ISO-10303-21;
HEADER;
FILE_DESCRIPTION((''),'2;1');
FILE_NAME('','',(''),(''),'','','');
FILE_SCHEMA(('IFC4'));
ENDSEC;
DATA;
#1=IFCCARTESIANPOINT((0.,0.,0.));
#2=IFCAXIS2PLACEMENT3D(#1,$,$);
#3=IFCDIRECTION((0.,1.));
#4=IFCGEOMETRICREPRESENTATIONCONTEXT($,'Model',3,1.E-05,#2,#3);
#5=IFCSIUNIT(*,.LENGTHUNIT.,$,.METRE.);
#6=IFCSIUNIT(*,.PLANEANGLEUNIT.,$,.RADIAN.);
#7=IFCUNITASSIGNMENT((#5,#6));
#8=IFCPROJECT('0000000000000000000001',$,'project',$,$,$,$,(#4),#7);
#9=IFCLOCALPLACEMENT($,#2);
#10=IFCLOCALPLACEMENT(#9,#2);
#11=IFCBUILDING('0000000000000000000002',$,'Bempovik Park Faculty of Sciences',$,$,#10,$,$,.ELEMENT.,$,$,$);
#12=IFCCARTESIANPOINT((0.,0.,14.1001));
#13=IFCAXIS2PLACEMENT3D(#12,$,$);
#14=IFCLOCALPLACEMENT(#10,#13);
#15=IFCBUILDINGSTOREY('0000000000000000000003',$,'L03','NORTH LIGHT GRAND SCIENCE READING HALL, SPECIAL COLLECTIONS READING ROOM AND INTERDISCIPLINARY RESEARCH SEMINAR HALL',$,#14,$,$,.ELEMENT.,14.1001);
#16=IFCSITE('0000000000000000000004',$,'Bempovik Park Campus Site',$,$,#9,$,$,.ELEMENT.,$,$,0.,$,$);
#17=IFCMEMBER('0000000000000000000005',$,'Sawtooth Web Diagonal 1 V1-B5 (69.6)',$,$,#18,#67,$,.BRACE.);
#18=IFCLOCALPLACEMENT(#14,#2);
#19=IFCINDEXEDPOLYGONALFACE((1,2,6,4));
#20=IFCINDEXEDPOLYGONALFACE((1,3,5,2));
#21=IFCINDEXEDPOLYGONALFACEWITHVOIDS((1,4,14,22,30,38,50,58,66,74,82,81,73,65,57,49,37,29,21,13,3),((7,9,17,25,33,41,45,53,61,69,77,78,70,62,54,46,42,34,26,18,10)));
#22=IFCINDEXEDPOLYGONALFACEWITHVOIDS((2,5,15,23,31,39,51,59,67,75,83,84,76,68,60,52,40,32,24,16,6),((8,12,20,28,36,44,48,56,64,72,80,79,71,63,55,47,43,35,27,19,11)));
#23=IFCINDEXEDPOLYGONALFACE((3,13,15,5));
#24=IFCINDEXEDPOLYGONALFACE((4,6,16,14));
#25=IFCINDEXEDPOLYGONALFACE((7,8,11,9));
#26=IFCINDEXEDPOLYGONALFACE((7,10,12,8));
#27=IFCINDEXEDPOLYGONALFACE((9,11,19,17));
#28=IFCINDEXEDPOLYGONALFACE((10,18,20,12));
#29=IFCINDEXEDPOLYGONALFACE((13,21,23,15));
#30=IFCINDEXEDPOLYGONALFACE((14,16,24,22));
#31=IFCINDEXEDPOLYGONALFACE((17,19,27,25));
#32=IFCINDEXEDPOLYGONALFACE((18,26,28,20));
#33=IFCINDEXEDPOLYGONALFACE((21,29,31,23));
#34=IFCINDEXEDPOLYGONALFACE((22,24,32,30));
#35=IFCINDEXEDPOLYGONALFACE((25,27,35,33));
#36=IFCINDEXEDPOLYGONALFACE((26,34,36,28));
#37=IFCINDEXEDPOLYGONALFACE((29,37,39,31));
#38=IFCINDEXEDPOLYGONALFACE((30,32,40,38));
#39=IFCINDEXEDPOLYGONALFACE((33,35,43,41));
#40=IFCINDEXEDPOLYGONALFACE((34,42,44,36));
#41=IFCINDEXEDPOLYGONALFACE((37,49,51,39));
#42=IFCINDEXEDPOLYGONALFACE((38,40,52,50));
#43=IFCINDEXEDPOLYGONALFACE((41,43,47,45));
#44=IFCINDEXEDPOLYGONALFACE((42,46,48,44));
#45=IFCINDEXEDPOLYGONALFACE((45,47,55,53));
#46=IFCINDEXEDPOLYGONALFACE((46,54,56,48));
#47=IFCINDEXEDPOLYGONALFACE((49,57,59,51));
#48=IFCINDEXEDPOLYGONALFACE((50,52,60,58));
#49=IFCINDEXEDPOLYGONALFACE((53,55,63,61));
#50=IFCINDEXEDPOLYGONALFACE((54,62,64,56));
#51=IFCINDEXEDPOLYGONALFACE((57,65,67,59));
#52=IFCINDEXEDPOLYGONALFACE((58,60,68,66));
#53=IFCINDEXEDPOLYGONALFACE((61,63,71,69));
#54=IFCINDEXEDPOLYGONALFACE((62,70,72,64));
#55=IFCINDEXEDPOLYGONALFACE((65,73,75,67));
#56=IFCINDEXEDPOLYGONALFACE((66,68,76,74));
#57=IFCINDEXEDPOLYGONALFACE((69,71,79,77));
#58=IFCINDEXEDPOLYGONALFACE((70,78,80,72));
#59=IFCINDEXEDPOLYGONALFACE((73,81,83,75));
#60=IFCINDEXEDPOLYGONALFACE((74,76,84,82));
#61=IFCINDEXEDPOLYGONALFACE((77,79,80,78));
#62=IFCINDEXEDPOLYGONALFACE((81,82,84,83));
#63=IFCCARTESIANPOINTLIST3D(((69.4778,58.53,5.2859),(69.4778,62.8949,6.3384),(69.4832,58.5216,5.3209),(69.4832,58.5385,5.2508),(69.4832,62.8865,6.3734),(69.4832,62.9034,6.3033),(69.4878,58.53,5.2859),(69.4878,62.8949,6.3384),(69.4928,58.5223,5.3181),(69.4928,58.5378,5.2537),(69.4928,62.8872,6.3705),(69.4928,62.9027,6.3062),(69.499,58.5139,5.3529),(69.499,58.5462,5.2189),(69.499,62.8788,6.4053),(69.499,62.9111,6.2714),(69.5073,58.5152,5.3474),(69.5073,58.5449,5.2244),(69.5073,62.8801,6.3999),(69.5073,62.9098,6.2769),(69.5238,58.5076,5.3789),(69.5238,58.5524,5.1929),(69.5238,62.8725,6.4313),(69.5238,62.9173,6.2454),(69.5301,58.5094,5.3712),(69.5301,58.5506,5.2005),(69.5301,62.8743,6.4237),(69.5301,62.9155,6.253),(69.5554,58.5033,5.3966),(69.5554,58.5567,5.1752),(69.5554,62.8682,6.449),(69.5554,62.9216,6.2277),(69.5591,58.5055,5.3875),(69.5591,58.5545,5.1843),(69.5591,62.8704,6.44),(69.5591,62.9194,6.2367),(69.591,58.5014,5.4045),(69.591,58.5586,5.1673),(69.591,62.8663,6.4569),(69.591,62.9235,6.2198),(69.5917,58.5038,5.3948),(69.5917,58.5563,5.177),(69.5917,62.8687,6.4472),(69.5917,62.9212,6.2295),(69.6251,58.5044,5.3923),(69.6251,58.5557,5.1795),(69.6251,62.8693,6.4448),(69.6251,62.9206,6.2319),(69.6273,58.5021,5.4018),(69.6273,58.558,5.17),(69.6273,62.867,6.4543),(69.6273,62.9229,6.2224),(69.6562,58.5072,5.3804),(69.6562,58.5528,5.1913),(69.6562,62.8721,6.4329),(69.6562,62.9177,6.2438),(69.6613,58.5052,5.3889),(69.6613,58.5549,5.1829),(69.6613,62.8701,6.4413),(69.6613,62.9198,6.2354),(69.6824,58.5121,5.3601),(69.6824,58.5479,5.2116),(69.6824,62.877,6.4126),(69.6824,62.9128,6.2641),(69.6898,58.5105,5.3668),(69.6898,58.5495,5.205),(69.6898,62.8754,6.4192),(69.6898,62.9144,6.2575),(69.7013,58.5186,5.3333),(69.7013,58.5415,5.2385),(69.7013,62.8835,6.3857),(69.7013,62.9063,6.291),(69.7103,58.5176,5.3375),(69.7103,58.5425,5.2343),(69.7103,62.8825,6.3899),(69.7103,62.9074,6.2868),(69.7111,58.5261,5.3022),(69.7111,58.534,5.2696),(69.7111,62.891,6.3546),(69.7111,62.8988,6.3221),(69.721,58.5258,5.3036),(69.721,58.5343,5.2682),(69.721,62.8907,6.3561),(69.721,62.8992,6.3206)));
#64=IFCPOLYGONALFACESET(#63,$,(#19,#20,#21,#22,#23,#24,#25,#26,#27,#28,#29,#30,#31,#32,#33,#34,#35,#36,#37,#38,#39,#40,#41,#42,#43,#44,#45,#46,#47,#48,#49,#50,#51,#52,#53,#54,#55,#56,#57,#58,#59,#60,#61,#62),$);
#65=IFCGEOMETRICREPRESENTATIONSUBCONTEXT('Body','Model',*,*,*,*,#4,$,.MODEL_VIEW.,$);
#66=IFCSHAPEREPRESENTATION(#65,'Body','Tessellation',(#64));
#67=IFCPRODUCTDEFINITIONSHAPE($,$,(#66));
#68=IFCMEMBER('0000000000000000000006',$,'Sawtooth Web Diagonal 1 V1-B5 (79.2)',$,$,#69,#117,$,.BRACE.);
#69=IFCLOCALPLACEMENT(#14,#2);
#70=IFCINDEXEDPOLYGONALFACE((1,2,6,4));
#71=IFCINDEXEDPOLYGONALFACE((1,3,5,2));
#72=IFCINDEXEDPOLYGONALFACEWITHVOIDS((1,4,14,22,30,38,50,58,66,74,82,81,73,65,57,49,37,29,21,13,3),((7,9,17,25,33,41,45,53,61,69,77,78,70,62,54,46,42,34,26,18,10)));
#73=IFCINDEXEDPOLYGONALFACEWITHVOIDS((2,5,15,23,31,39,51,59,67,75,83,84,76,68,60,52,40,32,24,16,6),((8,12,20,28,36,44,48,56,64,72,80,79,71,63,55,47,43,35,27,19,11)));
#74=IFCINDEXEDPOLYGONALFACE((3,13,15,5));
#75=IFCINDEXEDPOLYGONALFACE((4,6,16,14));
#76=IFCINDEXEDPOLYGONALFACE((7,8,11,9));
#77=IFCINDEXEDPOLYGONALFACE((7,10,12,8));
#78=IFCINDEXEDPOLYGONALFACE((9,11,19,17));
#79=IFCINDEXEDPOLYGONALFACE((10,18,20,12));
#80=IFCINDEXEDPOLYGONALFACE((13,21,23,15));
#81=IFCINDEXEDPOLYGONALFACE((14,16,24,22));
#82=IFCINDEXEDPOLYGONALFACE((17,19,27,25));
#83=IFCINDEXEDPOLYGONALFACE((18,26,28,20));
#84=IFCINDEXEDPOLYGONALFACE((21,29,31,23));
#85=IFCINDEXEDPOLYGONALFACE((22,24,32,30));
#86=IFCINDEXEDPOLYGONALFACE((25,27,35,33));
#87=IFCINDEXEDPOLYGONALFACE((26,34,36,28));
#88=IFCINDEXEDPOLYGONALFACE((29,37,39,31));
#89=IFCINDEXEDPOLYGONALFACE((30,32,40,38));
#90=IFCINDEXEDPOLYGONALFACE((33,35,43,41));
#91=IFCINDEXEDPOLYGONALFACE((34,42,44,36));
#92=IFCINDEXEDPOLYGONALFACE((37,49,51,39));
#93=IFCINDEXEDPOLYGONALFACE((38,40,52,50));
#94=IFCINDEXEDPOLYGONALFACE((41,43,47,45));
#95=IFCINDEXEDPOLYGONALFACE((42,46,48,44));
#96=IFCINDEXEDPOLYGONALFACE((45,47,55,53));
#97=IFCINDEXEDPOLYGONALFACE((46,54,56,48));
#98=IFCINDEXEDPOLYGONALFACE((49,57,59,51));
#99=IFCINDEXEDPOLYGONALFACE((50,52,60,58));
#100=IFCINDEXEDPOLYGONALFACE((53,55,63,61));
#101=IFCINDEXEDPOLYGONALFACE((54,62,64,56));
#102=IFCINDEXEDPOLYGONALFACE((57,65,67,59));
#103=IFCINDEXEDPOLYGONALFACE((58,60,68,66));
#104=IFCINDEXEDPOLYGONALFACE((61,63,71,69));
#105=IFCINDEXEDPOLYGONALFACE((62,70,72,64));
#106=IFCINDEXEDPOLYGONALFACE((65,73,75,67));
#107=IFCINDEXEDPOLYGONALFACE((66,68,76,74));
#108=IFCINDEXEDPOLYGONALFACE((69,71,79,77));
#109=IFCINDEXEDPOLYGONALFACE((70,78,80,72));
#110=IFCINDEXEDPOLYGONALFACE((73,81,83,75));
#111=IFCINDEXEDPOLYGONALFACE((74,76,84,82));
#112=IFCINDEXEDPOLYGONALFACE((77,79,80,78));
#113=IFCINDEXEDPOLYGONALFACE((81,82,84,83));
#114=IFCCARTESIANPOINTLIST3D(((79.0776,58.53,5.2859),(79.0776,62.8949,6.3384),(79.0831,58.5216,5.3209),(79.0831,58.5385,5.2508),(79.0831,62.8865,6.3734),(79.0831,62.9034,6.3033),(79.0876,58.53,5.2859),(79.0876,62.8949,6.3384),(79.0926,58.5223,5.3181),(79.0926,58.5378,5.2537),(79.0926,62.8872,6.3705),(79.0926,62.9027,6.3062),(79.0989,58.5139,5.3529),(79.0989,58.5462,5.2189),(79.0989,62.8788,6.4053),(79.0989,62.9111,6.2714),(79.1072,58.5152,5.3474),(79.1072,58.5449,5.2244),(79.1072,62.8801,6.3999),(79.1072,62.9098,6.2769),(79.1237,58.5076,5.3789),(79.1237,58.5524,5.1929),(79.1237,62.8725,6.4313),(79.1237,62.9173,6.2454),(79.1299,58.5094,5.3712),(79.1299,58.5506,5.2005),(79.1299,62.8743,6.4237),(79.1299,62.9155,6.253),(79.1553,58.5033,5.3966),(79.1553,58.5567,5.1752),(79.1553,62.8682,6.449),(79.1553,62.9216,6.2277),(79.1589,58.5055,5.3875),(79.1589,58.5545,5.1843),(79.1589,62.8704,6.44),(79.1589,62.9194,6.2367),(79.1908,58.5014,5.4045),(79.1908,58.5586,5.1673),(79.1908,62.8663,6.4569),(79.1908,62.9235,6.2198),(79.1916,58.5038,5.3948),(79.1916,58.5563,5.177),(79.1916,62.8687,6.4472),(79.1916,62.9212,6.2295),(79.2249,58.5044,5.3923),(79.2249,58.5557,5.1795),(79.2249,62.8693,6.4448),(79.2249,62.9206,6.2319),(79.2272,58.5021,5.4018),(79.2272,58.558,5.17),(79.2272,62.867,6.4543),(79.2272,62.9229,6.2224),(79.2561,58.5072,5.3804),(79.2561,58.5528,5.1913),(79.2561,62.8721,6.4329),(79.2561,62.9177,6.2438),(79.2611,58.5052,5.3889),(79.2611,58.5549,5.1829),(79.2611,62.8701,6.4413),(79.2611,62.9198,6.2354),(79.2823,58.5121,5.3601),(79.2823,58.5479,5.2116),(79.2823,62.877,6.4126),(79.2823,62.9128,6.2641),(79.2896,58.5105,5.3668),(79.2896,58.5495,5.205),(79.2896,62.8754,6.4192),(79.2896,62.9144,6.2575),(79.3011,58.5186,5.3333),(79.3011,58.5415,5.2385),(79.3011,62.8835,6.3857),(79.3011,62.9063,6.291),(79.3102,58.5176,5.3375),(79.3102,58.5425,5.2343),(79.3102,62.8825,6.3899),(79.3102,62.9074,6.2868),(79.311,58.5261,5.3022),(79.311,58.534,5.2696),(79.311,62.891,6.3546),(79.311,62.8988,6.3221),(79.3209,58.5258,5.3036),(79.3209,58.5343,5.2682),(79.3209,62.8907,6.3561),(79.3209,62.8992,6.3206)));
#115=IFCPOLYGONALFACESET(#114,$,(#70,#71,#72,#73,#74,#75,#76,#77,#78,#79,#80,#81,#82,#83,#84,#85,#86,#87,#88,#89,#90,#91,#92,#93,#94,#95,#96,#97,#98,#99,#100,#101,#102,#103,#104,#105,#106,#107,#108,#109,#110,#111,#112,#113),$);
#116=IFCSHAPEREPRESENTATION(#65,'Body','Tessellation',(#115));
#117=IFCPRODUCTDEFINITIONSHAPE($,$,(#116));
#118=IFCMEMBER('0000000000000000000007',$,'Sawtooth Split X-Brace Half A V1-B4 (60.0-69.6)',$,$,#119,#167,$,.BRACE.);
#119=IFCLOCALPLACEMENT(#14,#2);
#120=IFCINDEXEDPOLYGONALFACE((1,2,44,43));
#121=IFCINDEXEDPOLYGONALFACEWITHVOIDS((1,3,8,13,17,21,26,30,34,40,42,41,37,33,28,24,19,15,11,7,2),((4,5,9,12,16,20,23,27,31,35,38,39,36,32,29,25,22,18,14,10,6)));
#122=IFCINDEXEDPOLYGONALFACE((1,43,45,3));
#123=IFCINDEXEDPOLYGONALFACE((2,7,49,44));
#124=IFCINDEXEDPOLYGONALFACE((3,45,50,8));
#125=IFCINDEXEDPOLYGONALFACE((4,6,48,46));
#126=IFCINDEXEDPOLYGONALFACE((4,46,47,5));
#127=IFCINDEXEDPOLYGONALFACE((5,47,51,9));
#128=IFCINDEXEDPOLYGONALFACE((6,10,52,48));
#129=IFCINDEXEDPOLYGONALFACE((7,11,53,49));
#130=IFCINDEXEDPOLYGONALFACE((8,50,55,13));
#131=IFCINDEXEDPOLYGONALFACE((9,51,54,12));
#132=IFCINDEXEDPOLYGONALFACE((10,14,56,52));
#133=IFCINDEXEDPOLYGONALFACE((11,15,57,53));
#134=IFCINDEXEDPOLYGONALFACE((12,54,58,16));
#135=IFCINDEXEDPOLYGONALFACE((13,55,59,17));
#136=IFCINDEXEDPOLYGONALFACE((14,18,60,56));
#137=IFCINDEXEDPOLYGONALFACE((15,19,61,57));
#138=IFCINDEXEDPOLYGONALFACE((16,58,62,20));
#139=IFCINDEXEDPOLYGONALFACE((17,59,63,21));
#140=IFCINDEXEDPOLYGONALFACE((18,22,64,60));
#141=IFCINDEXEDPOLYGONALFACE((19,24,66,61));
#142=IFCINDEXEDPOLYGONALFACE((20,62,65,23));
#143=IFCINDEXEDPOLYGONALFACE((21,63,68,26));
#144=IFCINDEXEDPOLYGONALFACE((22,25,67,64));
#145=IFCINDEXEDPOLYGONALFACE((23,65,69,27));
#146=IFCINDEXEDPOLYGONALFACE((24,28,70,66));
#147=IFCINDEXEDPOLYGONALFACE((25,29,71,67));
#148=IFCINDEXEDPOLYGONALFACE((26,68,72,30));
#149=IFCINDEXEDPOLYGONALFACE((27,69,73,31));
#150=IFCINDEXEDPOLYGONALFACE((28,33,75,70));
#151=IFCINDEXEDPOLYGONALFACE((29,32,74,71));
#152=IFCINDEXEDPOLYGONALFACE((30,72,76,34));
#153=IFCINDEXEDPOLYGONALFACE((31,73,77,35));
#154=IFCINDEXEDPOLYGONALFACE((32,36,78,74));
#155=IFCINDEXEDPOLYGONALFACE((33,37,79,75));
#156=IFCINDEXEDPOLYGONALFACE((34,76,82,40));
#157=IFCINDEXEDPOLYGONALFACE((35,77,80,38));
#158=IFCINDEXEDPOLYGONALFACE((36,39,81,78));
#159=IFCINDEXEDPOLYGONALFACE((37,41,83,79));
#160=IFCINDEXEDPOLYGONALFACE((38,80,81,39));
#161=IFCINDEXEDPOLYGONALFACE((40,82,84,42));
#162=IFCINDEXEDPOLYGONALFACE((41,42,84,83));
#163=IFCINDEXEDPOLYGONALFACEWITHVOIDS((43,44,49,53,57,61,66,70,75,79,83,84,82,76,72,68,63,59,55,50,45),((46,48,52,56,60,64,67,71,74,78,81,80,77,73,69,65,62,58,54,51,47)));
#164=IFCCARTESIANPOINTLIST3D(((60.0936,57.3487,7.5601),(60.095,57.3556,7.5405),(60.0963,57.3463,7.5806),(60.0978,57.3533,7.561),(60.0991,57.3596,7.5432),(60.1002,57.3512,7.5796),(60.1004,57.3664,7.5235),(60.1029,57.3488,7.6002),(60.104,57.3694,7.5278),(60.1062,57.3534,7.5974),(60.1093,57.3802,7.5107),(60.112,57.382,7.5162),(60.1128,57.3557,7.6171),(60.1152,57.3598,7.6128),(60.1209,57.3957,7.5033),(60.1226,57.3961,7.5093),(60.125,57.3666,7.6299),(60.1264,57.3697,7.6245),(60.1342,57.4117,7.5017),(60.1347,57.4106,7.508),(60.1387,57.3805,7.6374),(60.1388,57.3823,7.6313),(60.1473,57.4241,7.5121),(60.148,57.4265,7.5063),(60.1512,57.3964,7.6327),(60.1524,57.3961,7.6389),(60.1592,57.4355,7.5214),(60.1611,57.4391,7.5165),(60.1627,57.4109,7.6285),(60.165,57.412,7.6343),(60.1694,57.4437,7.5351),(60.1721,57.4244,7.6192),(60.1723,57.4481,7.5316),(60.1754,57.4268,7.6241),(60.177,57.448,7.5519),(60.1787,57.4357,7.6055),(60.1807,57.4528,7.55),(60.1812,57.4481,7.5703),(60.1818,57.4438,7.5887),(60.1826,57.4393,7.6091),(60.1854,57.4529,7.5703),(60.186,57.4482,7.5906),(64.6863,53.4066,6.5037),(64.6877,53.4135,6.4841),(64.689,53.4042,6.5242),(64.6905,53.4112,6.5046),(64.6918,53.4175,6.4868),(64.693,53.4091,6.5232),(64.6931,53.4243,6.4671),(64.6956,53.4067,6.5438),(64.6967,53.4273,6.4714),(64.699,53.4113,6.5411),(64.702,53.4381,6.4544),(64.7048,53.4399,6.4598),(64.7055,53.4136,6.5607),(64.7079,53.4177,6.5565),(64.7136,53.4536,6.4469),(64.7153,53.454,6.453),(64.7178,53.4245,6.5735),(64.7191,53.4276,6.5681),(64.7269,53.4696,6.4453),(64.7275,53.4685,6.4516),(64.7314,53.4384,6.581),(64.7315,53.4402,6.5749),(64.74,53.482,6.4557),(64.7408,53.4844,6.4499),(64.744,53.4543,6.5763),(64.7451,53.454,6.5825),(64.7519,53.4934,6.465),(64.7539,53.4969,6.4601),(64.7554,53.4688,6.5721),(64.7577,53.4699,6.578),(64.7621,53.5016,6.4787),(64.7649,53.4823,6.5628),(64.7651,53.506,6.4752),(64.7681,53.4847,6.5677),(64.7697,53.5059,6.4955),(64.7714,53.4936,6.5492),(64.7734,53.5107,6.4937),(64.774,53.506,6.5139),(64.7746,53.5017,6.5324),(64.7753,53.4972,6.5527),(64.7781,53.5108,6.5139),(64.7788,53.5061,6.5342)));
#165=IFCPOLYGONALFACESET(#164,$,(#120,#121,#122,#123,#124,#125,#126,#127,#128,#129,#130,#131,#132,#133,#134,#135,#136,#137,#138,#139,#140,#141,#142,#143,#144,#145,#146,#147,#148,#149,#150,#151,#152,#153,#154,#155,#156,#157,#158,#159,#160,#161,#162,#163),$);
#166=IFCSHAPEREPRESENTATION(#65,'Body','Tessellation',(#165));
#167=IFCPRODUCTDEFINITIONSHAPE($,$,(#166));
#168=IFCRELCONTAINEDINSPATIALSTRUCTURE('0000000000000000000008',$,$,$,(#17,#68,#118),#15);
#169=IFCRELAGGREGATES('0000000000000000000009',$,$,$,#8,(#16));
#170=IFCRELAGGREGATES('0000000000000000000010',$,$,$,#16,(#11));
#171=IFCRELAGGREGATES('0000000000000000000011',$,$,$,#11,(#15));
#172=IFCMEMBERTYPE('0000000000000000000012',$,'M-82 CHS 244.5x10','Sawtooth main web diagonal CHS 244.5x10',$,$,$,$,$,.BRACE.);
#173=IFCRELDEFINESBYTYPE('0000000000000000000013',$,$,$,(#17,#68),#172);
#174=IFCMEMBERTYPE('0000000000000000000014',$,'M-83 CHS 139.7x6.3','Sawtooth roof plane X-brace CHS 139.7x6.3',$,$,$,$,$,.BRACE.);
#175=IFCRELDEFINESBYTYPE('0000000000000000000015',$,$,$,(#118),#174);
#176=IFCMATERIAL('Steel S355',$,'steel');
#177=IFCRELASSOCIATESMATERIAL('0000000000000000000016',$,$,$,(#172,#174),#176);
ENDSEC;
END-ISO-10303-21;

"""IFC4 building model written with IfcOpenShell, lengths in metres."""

from ifc_helpers import new_model, si_unit, direction, frame, origin, origin_2d, place, context, subcontext, project, spatial, hollow_circle, extrude, material, material_profile, profile_set, type_object, element, save


model = new_model("IFC4")

# Units and contexts
model_context = context("Model", 3, precision=1e-05, world=origin(), true_north=direction((0.0, 1.0)))
body_context = subcontext(model_context, "Body", "Model", "MODEL_VIEW")
ifc_project = project(units=[si_unit("LENGTHUNIT", "METRE"), si_unit("PLANEANGLEUNIT", "RADIAN")], contexts=[model_context])

# Site, building, storey
site_placement = place(None, origin())
site = spatial("IfcSite", under=ifc_project, at=site_placement, Name="Bempovik Park Campus Site", CompositionType="ELEMENT", RefElevation=0.0)
building_placement = place(site_placement, origin())
building = spatial("IfcBuilding", under=site, at=building_placement, Name="Bempovik Park Faculty of Sciences", CompositionType="ELEMENT")
storey_placement = place(building_placement, frame((0.0, 0.0, 14.1001)))
storey = spatial("IfcBuildingStorey", under=building, at=storey_placement, Name="L03", Description="NORTH LIGHT GRAND SCIENCE READING HALL, SPECIAL COLLECTIONS READING ROOM AND INTERDISCIPLINARY RESEARCH SEMINAR HALL", CompositionType="ELEMENT", Elevation=14.1001)

# Shared definitions
ifc_material_1 = material(Name="Steel S355", Category="steel")

# Members
ifc_material_profile_1 = material_profile(ifc_material_1, hollow_circle(Radius=0.1223, WallThickness=0.01, at=origin_2d()), Name="CHS 244.5x10")
ifc_profile_set_1 = profile_set([ifc_material_profile_1], Name="Steel S355")
member_type_1 = type_object("IfcMemberType", Name="M-82 CHS 244.5x10", Description="Sawtooth main web diagonal CHS 244.5x10", PredefinedType="BRACE", material=ifc_profile_set_1)
for number, where, z_axis, x_axis, name in (
    (1, (69.6001, 58.53, 5.2859), (0.0, 0.972139, 0.234403), (-1.0, 0.0, 0.0), "Sawtooth Web Diagonal 1 V1-B5 (69.6)"),
    (2, (79.2, 58.53, 5.2859), (0.0, 0.972139, 0.234403), (-1.0, 0.0, 0.0), "Sawtooth Web Diagonal 1 V1-B5 (79.2)"),
):
    element("IfcMember", number, at=place(storey_placement, frame(where, z_axis=z_axis, x_axis=x_axis)), inside=storey, type_object=member_type_1, Name=name, PredefinedType="BRACE", context=body_context, shape_type="SweptSolid", body=[
        extrude(hollow_circle(Radius=0.1223, WallThickness=0.01, at=origin_2d()), origin(), (0.0, 0.0, 1.0), 4.49),
    ])
ifc_material_profile_2 = material_profile(ifc_material_1, hollow_circle(Radius=0.0698, WallThickness=0.0063, at=origin_2d()), Name="CHS 139.7x6.3")
ifc_profile_set_2 = profile_set([ifc_material_profile_2], Name="Steel S355")
member_type_2 = type_object("IfcMemberType", Name="M-83 CHS 139.7x6.3", Description="Sawtooth roof plane X-brace CHS 139.7x6.3", PredefinedType="BRACE", material=ifc_profile_set_2)
member_1_placement = place(storey_placement, frame((60.1399, 57.3999, 7.5703), z_axis=(0.747509, -0.641613, -0.171937), x_axis=(0.651313, 0.758809, 0.0)))
element("IfcMember", 3, at=member_1_placement, inside=storey, type_object=member_type_2, Name="Sawtooth Split X-Brace Half A V1-B4 (60.0-69.6)", PredefinedType="BRACE", context=body_context, shape_type="SweptSolid", body=[
    extrude(hollow_circle(Radius=0.0698, WallThickness=0.0063, at=origin_2d()), origin(), (0.0, 0.0, 1.0), 6.144),
])

save(model, "model.ifc")
